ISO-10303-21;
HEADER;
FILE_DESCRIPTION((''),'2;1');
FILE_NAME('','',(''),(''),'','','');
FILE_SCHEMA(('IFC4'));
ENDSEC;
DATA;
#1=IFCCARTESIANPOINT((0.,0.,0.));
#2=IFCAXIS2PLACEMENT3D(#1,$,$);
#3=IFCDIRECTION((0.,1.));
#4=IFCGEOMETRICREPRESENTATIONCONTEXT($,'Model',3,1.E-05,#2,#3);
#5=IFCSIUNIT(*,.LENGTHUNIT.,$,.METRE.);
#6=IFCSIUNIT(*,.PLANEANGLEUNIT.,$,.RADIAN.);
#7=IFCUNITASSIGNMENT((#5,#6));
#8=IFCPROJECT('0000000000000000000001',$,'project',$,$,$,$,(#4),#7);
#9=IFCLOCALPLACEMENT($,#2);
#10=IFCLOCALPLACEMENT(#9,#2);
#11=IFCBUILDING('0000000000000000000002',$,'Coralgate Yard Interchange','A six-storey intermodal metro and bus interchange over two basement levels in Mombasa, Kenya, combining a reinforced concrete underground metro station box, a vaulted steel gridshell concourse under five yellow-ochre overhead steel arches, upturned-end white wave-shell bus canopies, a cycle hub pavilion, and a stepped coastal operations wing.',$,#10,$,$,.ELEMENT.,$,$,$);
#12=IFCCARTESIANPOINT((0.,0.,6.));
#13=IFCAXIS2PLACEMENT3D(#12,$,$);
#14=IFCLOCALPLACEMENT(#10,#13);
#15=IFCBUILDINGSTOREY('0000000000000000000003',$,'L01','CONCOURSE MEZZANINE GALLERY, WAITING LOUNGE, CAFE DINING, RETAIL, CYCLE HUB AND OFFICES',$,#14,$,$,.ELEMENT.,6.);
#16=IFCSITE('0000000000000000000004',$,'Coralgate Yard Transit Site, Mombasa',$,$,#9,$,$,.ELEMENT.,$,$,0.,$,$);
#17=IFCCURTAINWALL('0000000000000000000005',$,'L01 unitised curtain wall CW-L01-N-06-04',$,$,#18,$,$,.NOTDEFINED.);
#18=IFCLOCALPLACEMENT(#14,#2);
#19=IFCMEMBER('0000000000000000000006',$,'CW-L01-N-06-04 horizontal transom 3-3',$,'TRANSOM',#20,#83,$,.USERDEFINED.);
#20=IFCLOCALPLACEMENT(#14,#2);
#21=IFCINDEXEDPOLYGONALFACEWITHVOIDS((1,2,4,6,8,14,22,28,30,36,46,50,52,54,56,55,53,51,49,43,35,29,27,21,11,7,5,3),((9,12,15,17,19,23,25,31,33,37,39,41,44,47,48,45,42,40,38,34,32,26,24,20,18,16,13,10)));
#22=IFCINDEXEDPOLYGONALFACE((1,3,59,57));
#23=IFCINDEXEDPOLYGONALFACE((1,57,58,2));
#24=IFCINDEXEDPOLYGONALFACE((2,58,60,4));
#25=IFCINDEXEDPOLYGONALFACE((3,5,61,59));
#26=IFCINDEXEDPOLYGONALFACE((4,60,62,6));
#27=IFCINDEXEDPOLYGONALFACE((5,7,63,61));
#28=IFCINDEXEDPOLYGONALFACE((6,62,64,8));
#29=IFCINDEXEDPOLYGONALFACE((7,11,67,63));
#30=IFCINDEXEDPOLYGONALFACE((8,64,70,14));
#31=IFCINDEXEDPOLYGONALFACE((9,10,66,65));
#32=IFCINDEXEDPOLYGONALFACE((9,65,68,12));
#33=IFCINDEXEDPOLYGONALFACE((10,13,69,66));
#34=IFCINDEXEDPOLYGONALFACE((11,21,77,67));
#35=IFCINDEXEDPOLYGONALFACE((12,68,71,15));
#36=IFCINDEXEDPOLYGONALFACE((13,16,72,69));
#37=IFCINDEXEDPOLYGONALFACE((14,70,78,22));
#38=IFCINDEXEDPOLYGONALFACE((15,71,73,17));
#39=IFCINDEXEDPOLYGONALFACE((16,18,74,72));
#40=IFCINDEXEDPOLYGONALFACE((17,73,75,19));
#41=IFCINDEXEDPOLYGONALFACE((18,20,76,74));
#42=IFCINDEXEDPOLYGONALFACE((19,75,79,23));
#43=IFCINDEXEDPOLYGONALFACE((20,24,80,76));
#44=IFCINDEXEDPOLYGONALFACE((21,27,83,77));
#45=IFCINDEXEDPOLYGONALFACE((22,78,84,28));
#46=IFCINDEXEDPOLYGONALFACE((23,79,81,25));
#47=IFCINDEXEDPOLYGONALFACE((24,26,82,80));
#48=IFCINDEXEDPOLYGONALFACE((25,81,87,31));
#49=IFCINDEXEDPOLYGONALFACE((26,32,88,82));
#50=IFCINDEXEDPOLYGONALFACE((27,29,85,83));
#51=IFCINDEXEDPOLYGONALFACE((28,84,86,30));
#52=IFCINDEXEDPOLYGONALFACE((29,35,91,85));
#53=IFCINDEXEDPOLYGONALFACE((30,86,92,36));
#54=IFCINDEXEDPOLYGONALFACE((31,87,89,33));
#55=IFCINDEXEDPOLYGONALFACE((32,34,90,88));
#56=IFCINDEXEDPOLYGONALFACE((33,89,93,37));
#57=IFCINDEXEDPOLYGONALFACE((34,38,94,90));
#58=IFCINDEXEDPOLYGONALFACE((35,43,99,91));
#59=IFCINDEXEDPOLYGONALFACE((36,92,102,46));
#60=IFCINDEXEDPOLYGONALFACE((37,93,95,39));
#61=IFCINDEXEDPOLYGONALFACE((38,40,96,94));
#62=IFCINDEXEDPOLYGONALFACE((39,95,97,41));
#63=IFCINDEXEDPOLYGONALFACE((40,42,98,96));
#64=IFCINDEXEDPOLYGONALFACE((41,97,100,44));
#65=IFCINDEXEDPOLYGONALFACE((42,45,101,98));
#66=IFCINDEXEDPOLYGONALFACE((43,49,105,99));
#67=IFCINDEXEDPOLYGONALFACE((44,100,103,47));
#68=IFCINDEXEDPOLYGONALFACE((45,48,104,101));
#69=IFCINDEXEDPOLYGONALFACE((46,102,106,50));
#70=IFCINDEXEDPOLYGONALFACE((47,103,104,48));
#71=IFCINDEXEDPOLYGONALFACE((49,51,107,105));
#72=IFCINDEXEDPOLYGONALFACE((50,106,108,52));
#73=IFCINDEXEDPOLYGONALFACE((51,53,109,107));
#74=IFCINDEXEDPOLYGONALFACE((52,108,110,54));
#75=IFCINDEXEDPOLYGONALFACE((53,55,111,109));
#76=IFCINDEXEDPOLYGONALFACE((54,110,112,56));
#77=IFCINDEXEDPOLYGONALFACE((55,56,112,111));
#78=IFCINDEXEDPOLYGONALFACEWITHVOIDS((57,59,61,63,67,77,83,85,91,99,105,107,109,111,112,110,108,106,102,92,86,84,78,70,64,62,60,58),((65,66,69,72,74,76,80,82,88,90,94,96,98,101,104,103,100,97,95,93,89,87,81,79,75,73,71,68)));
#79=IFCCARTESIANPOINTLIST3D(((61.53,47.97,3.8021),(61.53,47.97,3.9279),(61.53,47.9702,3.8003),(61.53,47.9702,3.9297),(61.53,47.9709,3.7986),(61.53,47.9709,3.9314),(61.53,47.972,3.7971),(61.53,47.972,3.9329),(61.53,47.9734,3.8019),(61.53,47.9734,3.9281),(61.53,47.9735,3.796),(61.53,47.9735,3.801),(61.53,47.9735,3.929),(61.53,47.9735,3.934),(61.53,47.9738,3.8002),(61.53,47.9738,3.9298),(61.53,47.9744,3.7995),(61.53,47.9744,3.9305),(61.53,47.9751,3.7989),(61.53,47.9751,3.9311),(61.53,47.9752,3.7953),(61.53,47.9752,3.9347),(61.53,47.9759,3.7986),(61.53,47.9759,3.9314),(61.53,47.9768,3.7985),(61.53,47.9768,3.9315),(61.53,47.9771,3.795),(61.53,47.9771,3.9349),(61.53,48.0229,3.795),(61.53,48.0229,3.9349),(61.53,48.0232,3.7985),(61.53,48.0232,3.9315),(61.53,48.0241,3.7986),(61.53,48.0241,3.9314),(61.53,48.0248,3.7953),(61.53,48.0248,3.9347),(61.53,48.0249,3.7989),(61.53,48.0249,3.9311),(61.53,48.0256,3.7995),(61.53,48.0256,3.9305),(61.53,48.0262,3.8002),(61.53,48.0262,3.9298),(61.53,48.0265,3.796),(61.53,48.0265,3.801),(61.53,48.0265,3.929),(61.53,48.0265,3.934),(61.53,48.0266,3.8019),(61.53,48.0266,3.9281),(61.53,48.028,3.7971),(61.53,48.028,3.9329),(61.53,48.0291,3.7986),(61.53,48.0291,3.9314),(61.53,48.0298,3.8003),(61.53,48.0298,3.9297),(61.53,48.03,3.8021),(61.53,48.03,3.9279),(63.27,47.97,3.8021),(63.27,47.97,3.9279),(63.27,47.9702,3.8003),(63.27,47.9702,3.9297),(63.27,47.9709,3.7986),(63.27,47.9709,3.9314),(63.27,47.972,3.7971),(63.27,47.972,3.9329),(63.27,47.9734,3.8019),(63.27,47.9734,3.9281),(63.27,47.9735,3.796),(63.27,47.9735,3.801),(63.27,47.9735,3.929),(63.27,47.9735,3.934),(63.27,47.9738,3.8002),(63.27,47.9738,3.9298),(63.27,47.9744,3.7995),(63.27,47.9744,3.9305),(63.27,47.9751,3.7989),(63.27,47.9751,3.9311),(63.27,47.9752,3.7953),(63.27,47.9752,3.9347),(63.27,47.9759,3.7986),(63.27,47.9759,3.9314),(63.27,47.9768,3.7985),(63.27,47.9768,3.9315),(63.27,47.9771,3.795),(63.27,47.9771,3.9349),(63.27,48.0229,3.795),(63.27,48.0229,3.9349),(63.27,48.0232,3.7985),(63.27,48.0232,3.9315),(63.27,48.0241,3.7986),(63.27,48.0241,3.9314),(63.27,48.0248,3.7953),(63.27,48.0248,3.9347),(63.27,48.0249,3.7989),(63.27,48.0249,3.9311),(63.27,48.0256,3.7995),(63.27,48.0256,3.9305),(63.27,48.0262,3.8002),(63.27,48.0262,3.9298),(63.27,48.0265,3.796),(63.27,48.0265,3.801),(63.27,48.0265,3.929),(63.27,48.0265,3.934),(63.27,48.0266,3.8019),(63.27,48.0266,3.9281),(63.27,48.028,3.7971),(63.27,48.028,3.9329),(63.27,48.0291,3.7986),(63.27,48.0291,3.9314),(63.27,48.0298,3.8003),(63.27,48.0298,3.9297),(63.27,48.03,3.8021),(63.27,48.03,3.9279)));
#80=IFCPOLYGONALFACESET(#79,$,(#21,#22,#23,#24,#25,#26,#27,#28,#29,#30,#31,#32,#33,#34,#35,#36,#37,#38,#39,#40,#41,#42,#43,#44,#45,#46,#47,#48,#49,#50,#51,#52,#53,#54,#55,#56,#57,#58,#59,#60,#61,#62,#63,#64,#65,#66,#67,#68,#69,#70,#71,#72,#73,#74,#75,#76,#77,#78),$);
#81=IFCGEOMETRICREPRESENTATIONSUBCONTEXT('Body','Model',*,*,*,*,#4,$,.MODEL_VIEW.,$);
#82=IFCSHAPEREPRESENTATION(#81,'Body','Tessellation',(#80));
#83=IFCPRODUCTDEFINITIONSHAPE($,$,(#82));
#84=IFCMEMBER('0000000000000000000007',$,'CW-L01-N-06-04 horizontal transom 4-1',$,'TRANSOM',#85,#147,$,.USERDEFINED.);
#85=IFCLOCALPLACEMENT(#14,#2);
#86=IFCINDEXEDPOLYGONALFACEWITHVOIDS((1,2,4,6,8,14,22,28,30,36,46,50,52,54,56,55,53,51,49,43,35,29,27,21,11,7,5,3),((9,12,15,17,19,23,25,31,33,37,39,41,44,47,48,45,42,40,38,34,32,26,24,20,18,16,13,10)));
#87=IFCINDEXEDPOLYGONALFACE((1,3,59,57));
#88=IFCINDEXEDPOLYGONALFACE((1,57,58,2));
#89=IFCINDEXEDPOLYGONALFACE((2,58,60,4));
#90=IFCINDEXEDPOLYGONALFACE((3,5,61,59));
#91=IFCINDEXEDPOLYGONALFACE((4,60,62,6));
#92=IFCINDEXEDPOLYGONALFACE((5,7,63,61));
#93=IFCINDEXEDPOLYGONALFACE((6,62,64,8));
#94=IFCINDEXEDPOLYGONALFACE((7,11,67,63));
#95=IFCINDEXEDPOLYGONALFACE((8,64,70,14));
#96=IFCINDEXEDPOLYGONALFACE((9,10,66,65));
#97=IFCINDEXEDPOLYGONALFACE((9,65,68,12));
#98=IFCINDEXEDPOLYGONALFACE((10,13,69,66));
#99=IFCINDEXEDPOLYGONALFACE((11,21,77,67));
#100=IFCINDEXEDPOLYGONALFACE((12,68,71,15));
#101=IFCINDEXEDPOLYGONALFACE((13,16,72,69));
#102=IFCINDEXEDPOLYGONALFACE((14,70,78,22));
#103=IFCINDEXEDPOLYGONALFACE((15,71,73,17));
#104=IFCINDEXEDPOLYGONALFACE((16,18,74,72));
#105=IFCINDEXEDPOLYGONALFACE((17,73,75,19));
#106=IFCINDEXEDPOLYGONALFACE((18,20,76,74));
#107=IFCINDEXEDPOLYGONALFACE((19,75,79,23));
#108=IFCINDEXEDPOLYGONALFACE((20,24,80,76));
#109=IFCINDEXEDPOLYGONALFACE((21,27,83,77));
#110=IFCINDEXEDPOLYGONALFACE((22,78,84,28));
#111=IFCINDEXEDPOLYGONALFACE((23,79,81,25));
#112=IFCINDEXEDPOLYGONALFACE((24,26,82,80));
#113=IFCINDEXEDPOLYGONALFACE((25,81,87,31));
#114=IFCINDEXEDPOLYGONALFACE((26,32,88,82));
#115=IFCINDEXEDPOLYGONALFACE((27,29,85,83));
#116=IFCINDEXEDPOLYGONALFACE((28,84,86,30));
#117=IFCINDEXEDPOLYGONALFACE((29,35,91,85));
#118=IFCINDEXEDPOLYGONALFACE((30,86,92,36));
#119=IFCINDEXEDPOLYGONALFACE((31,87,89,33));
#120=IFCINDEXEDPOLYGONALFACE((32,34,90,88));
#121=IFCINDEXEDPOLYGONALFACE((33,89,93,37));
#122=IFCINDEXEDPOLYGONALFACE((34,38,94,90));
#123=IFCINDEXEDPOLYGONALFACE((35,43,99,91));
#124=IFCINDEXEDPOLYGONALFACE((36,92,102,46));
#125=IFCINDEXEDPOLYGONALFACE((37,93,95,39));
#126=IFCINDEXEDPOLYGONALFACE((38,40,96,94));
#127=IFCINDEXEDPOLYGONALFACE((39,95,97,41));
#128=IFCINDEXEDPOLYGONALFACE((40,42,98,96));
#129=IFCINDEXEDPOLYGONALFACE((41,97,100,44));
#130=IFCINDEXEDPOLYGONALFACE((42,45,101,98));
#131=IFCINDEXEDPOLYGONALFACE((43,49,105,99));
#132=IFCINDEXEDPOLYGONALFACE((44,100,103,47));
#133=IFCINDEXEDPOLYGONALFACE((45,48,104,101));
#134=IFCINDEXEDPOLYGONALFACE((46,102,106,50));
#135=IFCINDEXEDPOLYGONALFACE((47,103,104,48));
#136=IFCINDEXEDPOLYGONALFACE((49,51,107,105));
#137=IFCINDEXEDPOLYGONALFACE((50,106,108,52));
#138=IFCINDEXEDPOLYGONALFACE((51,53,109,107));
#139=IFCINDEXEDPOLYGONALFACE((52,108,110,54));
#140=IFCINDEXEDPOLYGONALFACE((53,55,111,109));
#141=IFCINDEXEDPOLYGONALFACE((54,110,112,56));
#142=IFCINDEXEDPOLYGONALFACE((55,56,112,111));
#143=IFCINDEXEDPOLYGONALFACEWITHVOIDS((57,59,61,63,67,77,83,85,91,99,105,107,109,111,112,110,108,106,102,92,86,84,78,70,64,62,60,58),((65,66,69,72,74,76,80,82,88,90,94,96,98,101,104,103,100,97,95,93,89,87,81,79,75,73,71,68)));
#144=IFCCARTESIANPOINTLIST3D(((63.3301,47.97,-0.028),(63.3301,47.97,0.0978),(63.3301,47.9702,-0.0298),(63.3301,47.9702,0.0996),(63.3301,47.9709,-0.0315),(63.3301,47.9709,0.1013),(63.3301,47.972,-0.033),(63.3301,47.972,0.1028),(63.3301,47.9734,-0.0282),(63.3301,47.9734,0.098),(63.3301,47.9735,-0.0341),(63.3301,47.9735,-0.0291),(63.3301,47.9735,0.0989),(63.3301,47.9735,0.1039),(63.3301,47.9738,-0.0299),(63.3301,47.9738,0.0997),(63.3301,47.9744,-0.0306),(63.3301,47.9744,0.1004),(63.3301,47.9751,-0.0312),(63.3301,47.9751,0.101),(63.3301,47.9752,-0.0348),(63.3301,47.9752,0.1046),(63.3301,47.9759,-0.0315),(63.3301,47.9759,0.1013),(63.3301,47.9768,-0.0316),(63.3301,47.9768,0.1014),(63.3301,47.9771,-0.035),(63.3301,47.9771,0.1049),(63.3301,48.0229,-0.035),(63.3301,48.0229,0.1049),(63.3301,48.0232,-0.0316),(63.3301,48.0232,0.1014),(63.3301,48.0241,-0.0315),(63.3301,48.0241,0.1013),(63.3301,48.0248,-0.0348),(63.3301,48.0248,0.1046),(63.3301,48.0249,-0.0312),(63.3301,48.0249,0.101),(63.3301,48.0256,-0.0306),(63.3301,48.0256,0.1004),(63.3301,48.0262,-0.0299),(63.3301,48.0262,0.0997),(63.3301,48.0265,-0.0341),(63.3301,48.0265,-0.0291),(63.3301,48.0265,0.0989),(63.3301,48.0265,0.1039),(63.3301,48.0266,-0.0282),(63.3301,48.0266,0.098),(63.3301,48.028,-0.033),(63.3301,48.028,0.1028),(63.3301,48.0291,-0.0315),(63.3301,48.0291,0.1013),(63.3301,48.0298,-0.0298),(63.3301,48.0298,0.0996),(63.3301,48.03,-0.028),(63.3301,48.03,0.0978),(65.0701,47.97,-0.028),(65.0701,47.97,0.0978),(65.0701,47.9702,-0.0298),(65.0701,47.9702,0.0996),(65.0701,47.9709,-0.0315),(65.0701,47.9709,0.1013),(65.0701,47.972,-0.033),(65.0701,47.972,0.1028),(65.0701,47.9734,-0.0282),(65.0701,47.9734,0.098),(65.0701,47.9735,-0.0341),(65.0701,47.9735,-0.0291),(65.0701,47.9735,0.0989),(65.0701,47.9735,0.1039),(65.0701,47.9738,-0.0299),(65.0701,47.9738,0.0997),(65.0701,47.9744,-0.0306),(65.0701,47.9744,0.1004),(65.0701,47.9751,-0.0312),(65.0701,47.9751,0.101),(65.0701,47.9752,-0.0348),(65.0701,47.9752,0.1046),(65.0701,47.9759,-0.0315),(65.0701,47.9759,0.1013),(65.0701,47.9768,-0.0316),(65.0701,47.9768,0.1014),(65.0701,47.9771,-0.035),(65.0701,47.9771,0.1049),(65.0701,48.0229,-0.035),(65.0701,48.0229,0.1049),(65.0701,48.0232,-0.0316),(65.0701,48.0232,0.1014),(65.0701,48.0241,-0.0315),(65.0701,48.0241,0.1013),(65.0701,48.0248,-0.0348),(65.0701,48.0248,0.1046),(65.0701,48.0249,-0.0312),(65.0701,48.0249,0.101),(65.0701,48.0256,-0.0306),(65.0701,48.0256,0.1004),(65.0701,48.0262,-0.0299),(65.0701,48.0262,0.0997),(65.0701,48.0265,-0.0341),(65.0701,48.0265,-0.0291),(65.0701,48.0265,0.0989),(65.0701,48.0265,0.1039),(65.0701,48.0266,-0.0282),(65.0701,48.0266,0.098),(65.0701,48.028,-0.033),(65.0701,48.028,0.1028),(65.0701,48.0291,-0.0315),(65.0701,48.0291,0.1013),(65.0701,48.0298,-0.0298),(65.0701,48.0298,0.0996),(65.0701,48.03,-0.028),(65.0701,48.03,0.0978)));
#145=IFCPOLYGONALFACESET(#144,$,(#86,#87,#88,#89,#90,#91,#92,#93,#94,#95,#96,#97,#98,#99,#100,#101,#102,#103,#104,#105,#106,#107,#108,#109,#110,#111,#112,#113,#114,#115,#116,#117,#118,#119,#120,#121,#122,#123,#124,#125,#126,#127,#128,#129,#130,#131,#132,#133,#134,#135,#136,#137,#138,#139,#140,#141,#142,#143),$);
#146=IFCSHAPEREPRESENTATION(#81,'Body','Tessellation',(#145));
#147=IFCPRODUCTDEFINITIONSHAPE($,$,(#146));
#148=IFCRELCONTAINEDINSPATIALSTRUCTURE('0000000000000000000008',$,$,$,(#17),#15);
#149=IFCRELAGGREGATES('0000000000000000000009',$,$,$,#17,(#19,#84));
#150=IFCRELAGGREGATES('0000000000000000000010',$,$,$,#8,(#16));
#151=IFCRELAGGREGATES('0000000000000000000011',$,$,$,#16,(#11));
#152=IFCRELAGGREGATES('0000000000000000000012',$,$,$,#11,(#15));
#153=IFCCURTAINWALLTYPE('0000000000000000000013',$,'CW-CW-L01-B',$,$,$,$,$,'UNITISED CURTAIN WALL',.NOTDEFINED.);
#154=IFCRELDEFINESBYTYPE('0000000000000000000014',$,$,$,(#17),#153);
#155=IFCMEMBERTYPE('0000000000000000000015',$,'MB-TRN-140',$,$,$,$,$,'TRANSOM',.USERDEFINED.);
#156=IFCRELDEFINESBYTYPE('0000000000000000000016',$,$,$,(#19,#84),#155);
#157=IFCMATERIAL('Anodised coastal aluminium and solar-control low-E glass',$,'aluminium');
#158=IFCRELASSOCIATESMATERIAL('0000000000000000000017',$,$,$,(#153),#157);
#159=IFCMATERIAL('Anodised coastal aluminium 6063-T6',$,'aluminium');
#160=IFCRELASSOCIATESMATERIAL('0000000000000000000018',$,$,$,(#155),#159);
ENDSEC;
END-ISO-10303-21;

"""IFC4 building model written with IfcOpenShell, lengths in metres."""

from ifc_helpers import new_model, si_unit, direction, frame, origin, origin_2d, place, context, subcontext, project, spatial, hollow_rectangle, extrude, material, material_profile, profile_set, type_object, element, aggregate, save


model = new_model("IFC4")

# Units and contexts
model_context = context("Model", 3, precision=1e-05, world=origin(), true_north=direction((0.0, 1.0)))
body_context = subcontext(model_context, "Body", "Model", "MODEL_VIEW")
ifc_project = project(units=[si_unit("LENGTHUNIT", "METRE"), si_unit("PLANEANGLEUNIT", "RADIAN")], contexts=[model_context])

# Site, building, storey
site_placement = place(None, origin())
site = spatial("IfcSite", under=ifc_project, at=site_placement, Name="Coralgate Yard Transit Site, Mombasa", CompositionType="ELEMENT", RefElevation=0.0)
building_placement = place(site_placement, origin())
building = spatial("IfcBuilding", under=site, at=building_placement, Name="Coralgate Yard Interchange", Description="A six-storey intermodal metro and bus interchange over two basement levels in Mombasa, Kenya, combining a reinforced concrete underground metro station box, a vaulted steel gridshell concourse under five yellow-ochre overhead steel arches, upturned-end white wave-shell bus canopies, a cycle hub pavilion, and a stepped coastal operations wing.", CompositionType="ELEMENT")
storey_placement = place(building_placement, frame((0.0, 0.0, 6.0)))
storey = spatial("IfcBuildingStorey", under=building, at=storey_placement, Name="L01", Description="CONCOURSE MEZZANINE GALLERY, WAITING LOUNGE, CAFE DINING, RETAIL, CYCLE HUB AND OFFICES", CompositionType="ELEMENT", Elevation=6.0)

# Shared definitions
ifc_material_1 = material(Name="Anodised coastal aluminium and solar-control low-E glass", Category="aluminium")
curtain_wall_type = type_object("IfcCurtainWallType", Name="CW-CW-L01-B", ElementType="UNITISED CURTAIN WALL", PredefinedType="NOTDEFINED", material=ifc_material_1)
ifc_material_2 = material(Name="Anodised coastal aluminium 6063-T6", Category="aluminium")

# Curtain wall, members
curtain_wall_1_placement = place(storey_placement, origin())
curtain_wall_1 = element("IfcCurtainWall", 1, at=curtain_wall_1_placement, inside=storey, type_object=curtain_wall_type, Name="L01 unitised curtain wall CW-L01-N-06-04", PredefinedType="NOTDEFINED")
ifc_material_profile_1 = material_profile(ifc_material_2, hollow_rectangle(XDim=0.0601, YDim=0.1399, WallThickness=0.0034, InnerFilletRadius=0.0034, OuterFilletRadius=0.0071, at=origin_2d()), Name="ALU 60x140x3.5")
ifc_profile_set_1 = profile_set([ifc_material_profile_1], Name="Anodised coastal aluminium 6063-T6")
member_type_1 = type_object("IfcMemberType", Name="MB-TRN-140", ElementType="TRANSOM", PredefinedType="USERDEFINED", material=ifc_profile_set_1)
member_1_placement = place(storey_placement, frame((61.53, 48.0, 3.865), z_axis=(1.0, 0.0, 0.0), x_axis=(0.0, 1.0, 0.0)))
member_1 = element("IfcMember", 2, at=member_1_placement, type_object=member_type_1, Name="CW-L01-N-06-04 horizontal transom 3-3", ObjectType="TRANSOM", PredefinedType="USERDEFINED", context=body_context, shape_type="SweptSolid", body=[
    extrude(hollow_rectangle(XDim=0.0601, YDim=0.1399, WallThickness=0.0034, InnerFilletRadius=0.0034, OuterFilletRadius=0.0071, at=origin_2d()), origin(), (0.0, 0.0, 1.0), 1.74),
])
member_2_placement = place(storey_placement, frame((63.3301, 48.0, 0.0349), z_axis=(1.0, 0.0, 0.0), x_axis=(0.0, 1.0, 0.0)))
member_2 = element("IfcMember", 3, at=member_2_placement, type_object=member_type_1, Name="CW-L01-N-06-04 horizontal transom 4-1", ObjectType="TRANSOM", PredefinedType="USERDEFINED", context=body_context, shape_type="SweptSolid", body=[
    extrude(hollow_rectangle(XDim=0.0601, YDim=0.1399, WallThickness=0.0034, InnerFilletRadius=0.0034, OuterFilletRadius=0.0071, at=origin_2d()), origin(), (0.0, 0.0, 1.0), 1.74),
])
aggregate(curtain_wall_1, [member_1, member_2])

save(model, "model.ifc")
